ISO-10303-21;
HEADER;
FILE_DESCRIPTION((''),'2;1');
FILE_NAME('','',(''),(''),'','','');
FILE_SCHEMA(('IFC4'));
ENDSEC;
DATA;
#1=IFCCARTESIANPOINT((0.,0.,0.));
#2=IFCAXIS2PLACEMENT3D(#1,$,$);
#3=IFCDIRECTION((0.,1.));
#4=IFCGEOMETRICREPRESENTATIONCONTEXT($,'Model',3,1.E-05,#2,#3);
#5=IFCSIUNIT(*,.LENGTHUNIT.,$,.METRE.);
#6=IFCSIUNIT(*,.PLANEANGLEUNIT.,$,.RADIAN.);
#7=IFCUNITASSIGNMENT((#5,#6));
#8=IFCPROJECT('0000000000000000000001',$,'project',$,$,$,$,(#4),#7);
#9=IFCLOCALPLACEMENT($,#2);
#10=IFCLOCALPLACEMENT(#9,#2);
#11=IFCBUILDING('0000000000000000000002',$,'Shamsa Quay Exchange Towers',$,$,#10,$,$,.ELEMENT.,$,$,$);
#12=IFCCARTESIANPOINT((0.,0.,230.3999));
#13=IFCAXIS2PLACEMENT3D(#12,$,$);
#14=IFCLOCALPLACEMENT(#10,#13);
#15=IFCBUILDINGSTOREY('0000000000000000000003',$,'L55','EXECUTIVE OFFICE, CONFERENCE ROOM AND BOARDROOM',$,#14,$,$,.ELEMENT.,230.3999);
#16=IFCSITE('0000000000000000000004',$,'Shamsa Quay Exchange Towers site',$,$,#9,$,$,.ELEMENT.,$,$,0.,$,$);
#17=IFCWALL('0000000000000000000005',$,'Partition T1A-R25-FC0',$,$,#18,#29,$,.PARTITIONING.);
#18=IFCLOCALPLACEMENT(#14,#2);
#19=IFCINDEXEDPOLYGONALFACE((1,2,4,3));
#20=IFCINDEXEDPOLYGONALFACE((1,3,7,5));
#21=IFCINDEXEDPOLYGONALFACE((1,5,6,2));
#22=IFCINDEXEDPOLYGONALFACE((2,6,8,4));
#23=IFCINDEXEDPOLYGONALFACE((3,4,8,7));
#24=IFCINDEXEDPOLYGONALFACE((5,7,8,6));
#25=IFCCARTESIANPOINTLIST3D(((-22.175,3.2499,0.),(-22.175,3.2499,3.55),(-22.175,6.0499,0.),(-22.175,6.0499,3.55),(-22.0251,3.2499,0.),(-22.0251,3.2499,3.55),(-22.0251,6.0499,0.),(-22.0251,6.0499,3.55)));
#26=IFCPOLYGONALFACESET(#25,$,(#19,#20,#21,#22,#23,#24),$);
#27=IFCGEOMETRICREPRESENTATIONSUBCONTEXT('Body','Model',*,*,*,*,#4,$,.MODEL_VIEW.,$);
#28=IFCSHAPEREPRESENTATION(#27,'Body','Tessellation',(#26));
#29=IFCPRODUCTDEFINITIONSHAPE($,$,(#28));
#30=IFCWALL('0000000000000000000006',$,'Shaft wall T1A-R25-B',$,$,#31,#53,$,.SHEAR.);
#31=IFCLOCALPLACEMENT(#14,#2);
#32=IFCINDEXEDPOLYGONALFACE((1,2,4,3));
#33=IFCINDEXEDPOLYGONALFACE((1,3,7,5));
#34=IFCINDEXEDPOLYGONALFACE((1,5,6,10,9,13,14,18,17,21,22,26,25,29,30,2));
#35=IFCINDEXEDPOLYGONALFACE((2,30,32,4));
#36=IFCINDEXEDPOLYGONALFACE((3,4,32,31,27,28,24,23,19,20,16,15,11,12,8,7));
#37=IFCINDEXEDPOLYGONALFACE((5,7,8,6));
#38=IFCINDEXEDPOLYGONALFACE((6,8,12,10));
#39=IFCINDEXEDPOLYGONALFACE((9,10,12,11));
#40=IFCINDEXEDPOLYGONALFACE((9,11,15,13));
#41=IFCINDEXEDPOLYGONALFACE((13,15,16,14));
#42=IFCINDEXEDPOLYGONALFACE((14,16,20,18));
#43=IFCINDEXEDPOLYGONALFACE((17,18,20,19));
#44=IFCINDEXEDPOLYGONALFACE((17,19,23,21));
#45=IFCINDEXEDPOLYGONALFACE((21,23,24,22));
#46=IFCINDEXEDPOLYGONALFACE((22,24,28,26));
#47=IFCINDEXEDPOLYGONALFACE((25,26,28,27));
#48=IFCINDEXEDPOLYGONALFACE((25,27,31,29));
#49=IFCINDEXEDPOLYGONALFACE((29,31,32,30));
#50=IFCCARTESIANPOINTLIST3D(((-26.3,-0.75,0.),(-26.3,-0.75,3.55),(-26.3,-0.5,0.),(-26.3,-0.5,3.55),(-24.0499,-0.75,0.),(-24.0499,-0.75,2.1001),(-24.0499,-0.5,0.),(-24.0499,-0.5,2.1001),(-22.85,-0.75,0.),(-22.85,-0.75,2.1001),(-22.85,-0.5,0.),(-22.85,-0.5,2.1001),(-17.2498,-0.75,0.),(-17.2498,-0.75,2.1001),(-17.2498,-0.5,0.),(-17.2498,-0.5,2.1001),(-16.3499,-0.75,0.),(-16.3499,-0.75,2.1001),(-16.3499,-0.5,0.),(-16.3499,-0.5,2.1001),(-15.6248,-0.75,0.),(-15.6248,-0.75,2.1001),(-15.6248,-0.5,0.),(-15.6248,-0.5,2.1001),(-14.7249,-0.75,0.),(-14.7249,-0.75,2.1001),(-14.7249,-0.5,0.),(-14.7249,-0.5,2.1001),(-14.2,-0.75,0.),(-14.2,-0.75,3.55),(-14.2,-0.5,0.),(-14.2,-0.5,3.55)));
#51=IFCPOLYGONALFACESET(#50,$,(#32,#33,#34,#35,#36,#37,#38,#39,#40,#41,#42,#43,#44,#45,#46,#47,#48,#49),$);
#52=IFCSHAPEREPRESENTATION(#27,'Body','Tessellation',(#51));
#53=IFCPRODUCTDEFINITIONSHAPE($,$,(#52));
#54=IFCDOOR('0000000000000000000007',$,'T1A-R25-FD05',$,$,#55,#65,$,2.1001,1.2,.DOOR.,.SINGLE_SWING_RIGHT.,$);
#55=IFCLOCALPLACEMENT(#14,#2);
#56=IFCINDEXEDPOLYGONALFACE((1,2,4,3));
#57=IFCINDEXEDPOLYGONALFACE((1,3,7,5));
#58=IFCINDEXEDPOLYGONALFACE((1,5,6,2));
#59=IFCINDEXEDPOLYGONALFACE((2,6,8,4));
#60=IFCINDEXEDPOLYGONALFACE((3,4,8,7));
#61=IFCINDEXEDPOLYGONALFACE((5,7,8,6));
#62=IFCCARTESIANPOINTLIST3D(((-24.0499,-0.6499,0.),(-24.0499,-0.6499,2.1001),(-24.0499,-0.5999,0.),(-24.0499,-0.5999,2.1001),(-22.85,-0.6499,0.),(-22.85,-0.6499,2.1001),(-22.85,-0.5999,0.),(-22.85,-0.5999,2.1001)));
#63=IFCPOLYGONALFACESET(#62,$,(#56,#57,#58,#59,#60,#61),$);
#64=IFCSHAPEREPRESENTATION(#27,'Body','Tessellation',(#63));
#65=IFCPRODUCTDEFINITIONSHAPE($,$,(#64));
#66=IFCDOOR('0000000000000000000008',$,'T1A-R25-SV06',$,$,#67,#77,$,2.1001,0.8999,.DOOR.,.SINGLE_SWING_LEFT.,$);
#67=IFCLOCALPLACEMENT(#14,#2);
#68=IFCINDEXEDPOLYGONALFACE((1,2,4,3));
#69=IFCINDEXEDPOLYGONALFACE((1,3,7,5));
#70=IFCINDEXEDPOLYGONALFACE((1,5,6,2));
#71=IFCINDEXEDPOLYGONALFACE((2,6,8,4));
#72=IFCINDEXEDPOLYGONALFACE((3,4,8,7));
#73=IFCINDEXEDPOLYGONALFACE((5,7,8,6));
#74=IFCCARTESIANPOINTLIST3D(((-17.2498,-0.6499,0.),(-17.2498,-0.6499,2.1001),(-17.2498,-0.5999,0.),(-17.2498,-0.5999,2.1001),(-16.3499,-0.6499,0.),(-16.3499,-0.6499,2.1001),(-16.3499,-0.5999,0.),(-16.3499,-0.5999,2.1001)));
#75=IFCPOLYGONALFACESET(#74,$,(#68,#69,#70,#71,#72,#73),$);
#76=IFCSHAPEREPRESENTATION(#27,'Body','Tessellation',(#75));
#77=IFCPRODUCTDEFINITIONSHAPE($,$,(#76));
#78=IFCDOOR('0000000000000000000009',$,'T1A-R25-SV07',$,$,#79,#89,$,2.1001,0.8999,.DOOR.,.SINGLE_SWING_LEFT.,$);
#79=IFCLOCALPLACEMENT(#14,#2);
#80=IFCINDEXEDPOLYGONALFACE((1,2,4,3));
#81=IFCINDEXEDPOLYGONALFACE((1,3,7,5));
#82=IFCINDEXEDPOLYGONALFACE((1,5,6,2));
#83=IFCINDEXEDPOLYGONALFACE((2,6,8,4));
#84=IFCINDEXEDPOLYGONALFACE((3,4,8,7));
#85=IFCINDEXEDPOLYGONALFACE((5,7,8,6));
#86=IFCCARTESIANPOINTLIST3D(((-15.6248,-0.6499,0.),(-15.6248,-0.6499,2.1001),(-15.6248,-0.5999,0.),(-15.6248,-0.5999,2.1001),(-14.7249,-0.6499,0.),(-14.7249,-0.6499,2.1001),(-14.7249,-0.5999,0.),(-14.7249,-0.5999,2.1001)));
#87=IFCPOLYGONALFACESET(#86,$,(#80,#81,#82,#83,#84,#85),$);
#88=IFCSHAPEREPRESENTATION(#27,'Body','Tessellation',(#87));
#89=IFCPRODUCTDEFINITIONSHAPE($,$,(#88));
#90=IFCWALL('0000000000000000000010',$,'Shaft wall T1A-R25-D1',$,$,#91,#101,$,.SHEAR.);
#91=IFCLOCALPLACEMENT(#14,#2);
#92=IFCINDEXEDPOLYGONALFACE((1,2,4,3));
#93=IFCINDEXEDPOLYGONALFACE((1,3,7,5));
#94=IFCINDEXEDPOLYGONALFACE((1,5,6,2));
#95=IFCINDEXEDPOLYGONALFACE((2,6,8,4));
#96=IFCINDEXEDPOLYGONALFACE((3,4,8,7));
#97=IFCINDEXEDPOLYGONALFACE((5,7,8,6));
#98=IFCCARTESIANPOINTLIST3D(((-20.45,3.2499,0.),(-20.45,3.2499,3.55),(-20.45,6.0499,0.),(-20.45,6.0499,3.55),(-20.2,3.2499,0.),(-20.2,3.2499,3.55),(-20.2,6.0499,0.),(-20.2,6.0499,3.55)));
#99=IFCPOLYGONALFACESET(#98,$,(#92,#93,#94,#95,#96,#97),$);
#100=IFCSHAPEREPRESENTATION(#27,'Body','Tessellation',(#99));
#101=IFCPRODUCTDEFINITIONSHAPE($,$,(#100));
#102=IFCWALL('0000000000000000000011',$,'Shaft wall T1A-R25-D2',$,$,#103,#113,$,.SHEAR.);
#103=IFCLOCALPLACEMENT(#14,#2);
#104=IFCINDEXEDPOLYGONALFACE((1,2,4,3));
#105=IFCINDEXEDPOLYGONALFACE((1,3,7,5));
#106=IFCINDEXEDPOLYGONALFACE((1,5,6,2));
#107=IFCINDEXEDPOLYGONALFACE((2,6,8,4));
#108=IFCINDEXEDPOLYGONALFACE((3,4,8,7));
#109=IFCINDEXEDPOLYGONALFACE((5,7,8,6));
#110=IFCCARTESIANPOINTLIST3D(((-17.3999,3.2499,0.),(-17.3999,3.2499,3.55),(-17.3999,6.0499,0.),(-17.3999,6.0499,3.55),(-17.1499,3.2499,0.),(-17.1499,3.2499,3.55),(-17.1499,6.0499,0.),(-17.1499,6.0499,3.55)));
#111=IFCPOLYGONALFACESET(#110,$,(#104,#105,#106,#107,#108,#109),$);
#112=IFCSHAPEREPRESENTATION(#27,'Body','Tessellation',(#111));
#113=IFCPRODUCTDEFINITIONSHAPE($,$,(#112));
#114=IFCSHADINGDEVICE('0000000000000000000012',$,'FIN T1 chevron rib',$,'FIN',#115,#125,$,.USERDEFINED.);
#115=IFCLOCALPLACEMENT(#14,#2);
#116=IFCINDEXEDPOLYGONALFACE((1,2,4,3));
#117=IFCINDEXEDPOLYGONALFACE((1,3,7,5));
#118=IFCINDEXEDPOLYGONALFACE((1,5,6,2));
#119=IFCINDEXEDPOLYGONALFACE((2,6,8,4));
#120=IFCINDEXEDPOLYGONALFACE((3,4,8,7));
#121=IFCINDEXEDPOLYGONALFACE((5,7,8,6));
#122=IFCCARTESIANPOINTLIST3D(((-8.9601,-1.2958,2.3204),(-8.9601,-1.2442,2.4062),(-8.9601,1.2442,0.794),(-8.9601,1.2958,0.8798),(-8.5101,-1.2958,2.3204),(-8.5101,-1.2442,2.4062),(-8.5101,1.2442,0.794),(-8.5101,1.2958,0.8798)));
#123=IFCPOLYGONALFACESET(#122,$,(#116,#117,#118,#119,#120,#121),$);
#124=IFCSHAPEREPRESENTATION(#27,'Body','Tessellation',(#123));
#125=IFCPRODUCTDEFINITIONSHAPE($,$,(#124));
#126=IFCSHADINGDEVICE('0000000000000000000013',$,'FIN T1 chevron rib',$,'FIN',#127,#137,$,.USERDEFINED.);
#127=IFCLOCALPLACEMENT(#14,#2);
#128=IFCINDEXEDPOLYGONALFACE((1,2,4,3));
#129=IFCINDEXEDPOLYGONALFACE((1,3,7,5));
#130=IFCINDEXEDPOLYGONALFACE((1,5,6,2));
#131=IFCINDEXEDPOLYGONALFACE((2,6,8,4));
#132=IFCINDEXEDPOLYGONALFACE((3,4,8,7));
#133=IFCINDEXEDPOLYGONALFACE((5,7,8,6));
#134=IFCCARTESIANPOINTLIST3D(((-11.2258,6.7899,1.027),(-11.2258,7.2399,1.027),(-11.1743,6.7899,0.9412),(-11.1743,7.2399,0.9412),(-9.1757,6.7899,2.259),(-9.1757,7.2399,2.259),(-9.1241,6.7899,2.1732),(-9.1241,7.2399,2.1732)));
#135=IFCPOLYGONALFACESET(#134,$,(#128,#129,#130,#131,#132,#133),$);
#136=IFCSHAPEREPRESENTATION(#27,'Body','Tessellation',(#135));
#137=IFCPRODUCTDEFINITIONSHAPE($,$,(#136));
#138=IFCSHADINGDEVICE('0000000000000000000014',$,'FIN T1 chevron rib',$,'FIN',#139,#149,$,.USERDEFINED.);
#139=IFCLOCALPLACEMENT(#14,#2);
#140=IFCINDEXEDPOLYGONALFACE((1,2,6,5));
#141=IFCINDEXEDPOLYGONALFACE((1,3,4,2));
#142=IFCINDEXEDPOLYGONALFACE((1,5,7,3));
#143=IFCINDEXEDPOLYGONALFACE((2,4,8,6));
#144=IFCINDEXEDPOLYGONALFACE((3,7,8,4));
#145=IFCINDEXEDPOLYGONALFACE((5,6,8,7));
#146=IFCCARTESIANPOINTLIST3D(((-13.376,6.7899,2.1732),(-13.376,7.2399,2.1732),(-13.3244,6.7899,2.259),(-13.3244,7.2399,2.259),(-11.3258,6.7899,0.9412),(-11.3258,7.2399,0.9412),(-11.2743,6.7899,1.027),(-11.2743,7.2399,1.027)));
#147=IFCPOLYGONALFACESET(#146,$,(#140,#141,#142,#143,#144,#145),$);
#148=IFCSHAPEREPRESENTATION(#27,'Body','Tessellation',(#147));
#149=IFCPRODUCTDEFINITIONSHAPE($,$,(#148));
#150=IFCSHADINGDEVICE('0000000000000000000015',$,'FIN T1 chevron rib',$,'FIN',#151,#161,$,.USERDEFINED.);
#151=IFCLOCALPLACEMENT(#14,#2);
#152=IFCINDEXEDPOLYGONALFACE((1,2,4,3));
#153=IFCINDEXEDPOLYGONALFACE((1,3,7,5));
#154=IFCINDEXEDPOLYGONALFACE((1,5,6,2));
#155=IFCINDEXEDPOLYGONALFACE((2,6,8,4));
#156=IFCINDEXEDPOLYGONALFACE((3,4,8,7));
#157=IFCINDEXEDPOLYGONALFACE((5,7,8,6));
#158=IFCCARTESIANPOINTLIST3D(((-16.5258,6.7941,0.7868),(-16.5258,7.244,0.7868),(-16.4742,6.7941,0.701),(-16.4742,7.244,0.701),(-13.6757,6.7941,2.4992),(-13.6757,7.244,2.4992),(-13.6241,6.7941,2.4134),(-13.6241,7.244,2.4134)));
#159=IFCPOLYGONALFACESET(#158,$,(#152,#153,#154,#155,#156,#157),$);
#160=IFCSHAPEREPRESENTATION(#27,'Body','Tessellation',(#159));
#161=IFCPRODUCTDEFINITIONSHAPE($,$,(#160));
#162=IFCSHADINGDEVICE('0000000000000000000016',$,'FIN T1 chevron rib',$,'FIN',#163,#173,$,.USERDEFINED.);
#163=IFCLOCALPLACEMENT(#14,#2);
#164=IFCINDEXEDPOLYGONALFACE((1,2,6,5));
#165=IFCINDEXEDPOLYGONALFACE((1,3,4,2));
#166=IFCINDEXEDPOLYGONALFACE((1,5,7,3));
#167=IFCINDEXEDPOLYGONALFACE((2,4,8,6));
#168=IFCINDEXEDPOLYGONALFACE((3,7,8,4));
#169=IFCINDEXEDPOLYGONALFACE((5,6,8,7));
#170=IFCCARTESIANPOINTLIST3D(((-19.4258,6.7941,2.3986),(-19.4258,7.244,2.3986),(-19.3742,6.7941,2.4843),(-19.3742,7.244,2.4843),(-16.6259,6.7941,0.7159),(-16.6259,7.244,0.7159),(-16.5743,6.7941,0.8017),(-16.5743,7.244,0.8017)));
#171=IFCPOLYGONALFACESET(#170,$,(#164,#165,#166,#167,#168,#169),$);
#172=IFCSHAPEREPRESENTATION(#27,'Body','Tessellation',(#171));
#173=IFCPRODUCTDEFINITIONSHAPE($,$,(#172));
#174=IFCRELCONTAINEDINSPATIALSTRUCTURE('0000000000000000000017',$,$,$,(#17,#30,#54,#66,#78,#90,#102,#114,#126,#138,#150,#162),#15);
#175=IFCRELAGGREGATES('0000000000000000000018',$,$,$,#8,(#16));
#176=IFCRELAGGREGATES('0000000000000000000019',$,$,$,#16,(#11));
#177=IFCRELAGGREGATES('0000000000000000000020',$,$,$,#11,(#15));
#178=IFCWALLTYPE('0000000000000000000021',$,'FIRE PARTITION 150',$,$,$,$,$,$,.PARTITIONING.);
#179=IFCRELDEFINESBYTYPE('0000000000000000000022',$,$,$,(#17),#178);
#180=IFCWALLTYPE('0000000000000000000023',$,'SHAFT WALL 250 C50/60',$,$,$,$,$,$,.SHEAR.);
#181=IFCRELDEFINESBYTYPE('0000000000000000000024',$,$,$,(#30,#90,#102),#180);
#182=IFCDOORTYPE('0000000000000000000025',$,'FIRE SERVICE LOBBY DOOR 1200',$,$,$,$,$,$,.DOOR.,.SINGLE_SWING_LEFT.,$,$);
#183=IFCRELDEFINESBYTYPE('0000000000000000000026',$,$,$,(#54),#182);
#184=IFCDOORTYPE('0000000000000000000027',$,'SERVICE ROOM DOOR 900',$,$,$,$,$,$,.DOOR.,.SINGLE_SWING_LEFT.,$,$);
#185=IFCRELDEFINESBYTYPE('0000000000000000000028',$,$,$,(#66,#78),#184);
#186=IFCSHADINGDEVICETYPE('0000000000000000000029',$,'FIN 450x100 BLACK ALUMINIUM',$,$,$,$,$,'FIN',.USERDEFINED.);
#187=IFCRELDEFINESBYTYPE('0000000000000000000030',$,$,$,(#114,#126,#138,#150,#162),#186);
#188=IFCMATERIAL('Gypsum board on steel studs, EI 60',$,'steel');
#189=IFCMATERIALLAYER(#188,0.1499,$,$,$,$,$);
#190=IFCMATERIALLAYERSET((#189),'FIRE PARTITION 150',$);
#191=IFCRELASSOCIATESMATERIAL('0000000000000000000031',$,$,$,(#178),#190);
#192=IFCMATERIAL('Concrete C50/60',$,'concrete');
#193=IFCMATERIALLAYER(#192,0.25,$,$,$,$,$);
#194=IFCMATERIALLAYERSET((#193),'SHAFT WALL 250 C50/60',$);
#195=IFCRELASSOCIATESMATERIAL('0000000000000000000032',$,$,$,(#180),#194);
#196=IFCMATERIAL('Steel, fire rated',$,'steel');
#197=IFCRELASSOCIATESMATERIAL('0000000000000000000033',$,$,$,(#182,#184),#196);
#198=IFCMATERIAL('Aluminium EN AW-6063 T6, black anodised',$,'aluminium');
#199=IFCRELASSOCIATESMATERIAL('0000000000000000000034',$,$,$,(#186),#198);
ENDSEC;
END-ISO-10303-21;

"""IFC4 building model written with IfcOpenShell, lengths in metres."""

from ifc_helpers import new_model, si_unit, direction, frame, frame_2d, origin, origin_2d, place, context, subcontext, project, spatial, rectangle, extrude, material, layer, layer_set, material_profile, profile_set, type_object, element, fill, save


model = new_model("IFC4")

# Units and contexts
model_context = context("Model", 3, precision=1e-05, world=origin(), true_north=direction((0.0, 1.0)))
body_context = subcontext(model_context, "Body", "Model", "MODEL_VIEW")
ifc_project = project(units=[si_unit("LENGTHUNIT", "METRE"), si_unit("PLANEANGLEUNIT", "RADIAN")], contexts=[model_context])

# Site, building, storey
site_placement = place(None, origin())
site = spatial("IfcSite", under=ifc_project, at=site_placement, Name="Shamsa Quay Exchange Towers site", CompositionType="ELEMENT", RefElevation=0.0)
building_placement = place(site_placement, origin())
building = spatial("IfcBuilding", under=site, at=building_placement, Name="Shamsa Quay Exchange Towers", CompositionType="ELEMENT")
storey_placement = place(building_placement, frame((0.0, 0.0, 230.3999)))
storey = spatial("IfcBuildingStorey", under=building, at=storey_placement, Name="L55", Description="EXECUTIVE OFFICE, CONFERENCE ROOM AND BOARDROOM", CompositionType="ELEMENT", Elevation=230.3999)

# Shared definitions
ifc_material_1 = material(Name="Aluminium EN AW-6063 T6, black anodised", Category="aluminium")

# Shared definitions
ifc_material_2 = material(Name="Steel, fire rated", Category="steel")

# Wall
ifc_material_3 = material(Name="Gypsum board on steel studs, EI 60", Category="steel")
ifc_layer_1 = layer(ifc_material_3, 0.1499)
ifc_layer_set_1 = layer_set([ifc_layer_1], Name="FIRE PARTITION 150")
wall_type_1 = type_object("IfcWallType", Name="FIRE PARTITION 150", PredefinedType="PARTITIONING", material=ifc_layer_set_1)
wall_1_placement = place(storey_placement, frame((-22.1001, 3.25, 0.0), z_axis=(0.0, 0.0, 1.0), x_axis=(0.0, 1.0, 0.0)))
element("IfcWall", 1, at=wall_1_placement, inside=storey, type_object=wall_type_1, Name="Partition T1A-R25-FC0", PredefinedType="PARTITIONING", context=body_context, shape_type="SweptSolid", body=[
    extrude(rectangle(XDim=2.8, YDim=0.1499, at=frame_2d((1.3999, 0.0))), origin(), (0.0, 0.0, 1.0), 3.55),
])

# Wall, openings, doors
ifc_material_4 = material(Name="Concrete C50/60", Category="concrete")
ifc_layer_2 = layer(ifc_material_4, 0.25)
ifc_layer_set_2 = layer_set([ifc_layer_2], Name="SHAFT WALL 250 C50/60")
wall_type_2 = type_object("IfcWallType", Name="SHAFT WALL 250 C50/60", PredefinedType="SHEAR", material=ifc_layer_set_2)
wall_2_placement = place(storey_placement, frame((-14.2, -0.625, 0.0), z_axis=(0.0, 0.0, 1.0), x_axis=(-1.0, 0.0, 0.0)))
wall_2 = element("IfcWall", 2, at=wall_2_placement, inside=storey, type_object=wall_type_2, Name="Shaft wall T1A-R25-B", PredefinedType="SHEAR", context=body_context, shape_type="SweptSolid", body=[
    extrude(rectangle(XDim=12.1001, YDim=0.25, at=frame_2d((6.05, 0.0))), origin(), (0.0, 0.0, 1.0), 3.55),
])
opening_1_placement = place(wall_2_placement, frame((8.6499, 0.0, 0.0)))
opening_1 = element("IfcOpeningElement", 3, at=opening_1_placement, cuts=wall_2, PredefinedType="OPENING", context=body_context, shape_type="SweptSolid", body=[
    extrude(rectangle(XDim=1.2, YDim=2.1001, at=frame_2d((0.6001, 1.05))), frame((0.0, 0.135, 0.0), z_axis=(0.0, -1.0, 0.0), x_axis=(1.0, 0.0, 0.0)), (0.0, 0.0, 1.0), 0.27),
])
opening_2_placement = place(wall_2_placement, frame((2.1499, 0.0, 0.0)))
opening_2 = element("IfcOpeningElement", 4, at=opening_2_placement, cuts=wall_2, PredefinedType="OPENING", context=body_context, shape_type="SweptSolid", body=[
    extrude(rectangle(XDim=0.8999, YDim=2.1001, at=frame_2d((0.45, 1.05))), frame((0.0, 0.135, 0.0), z_axis=(0.0, -1.0, 0.0), x_axis=(1.0, 0.0, 0.0)), (0.0, 0.0, 1.0), 0.27),
])
opening_3_placement = place(wall_2_placement, frame((0.5249, 0.0, 0.0)))
opening_3 = element("IfcOpeningElement", 5, at=opening_3_placement, cuts=wall_2, PredefinedType="OPENING", context=body_context, shape_type="SweptSolid", body=[
    extrude(rectangle(XDim=0.8999, YDim=2.1001, at=frame_2d((0.45, 1.05))), frame((0.0, 0.135, 0.0), z_axis=(0.0, -1.0, 0.0), x_axis=(1.0, 0.0, 0.0)), (0.0, 0.0, 1.0), 0.27),
])
door_type_1 = type_object("IfcDoorType", Name="FIRE SERVICE LOBBY DOOR 1200", OperationType="SINGLE_SWING_LEFT", PredefinedType="DOOR", material=ifc_material_2)
door_1_placement = place(opening_1_placement, origin())
door_1 = element("IfcDoor", 6, at=door_1_placement, inside=storey, type_object=door_type_1, Name="T1A-R25-FD05", OperationType="SINGLE_SWING_RIGHT", OverallHeight=2.1001, OverallWidth=1.2, PredefinedType="DOOR", context=body_context, shape_type="SweptSolid", body=[
    extrude(rectangle(XDim=1.2, YDim=2.1001, at=frame_2d((0.6001, 1.05))), frame((0.0, 0.0249, 0.0), z_axis=(0.0, -1.0, 0.0), x_axis=(1.0, 0.0, 0.0)), (0.0, 0.0, 1.0), 0.05),
])
fill(opening_1, door_1)
door_type_2 = type_object("IfcDoorType", Name="SERVICE ROOM DOOR 900", OperationType="SINGLE_SWING_LEFT", PredefinedType="DOOR", material=ifc_material_2)
door_2_placement = place(opening_2_placement, origin())
door_2 = element("IfcDoor", 7, at=door_2_placement, inside=storey, type_object=door_type_2, Name="T1A-R25-SV06", OperationType="SINGLE_SWING_LEFT", OverallHeight=2.1001, OverallWidth=0.8999, PredefinedType="DOOR", context=body_context, shape_type="SweptSolid", body=[
    extrude(rectangle(XDim=0.8999, YDim=2.1001, at=frame_2d((0.45, 1.05))), frame((0.0, 0.0249, 0.0), z_axis=(0.0, -1.0, 0.0), x_axis=(1.0, 0.0, 0.0)), (0.0, 0.0, 1.0), 0.05),
])
fill(opening_2, door_2)
door_3_placement = place(opening_3_placement, origin())
door_3 = element("IfcDoor", 8, at=door_3_placement, inside=storey, type_object=door_type_2, Name="T1A-R25-SV07", OperationType="SINGLE_SWING_LEFT", OverallHeight=2.1001, OverallWidth=0.8999, PredefinedType="DOOR", context=body_context, shape_type="SweptSolid", body=[
    extrude(rectangle(XDim=0.8999, YDim=2.1001, at=frame_2d((0.45, 1.05))), frame((0.0, 0.0249, 0.0), z_axis=(0.0, -1.0, 0.0), x_axis=(1.0, 0.0, 0.0)), (0.0, 0.0, 1.0), 0.05),
])
fill(opening_3, door_3)

# Walls
for number, where, z_axis, x_axis, name in (
    (9, (-20.325, 3.25, 0.0), (0.0, 0.0, 1.0), (0.0, 1.0, 0.0), "Shaft wall T1A-R25-D1"),
    (10, (-17.2749, 3.25, 0.0), (0.0, 0.0, 1.0), (0.0, 1.0, 0.0), "Shaft wall T1A-R25-D2"),
):
    element("IfcWall", number, at=place(storey_placement, frame(where, z_axis=z_axis, x_axis=x_axis)), inside=storey, type_object=wall_type_2, Name=name, PredefinedType="SHEAR", context=body_context, shape_type="SweptSolid", body=[
        extrude(rectangle(XDim=2.8, YDim=0.25, at=frame_2d((1.3999, 0.0))), origin(), (0.0, 0.0, 1.0), 3.55),
    ])

# Shading devices
ifc_material_profile_1 = material_profile(ifc_material_1, rectangle(XDim=0.45, YDim=0.1001, at=origin_2d()), Name="FIN450x100")
ifc_profile_set_1 = profile_set([ifc_material_profile_1], Name="Aluminium EN AW-6063 T6, black anodised")
shading_device_type = type_object("IfcShadingDeviceType", Name="FIN 450x100 BLACK ALUMINIUM", ElementType="FIN", PredefinedType="USERDEFINED", material=ifc_profile_set_1)
shading_device_1_placement = place(storey_placement, frame((-8.7351, -1.27, 2.3633), z_axis=(0.0, 0.857144, -0.515077), x_axis=(-1.0, 0.0, 0.0)))
element("IfcShadingDevice", 11, at=shading_device_1_placement, inside=storey, type_object=shading_device_type, Name="FIN T1 chevron rib", ObjectType="FIN", PredefinedType="USERDEFINED", context=body_context, shape_type="SweptSolid", body=[
    extrude(rectangle(XDim=0.45, YDim=0.1001, at=origin_2d()), origin(), (0.0, 0.0, 1.0), 2.9634),
])
for number, where, z_axis, x_axis, name in (
    (12, (-9.1499, 7.0149, 2.2161), (-0.857141, 0.0, -0.515081), (0.0, -1.0, 0.0), "FIN T1 chevron rib"),
    (13, (-11.3, 7.0149, 0.9841), (-0.857141, 0.0, 0.515081), (0.0, -1.0, 0.0), "FIN T1 chevron rib"),
):
    element("IfcShadingDevice", number, at=place(storey_placement, frame(where, z_axis=z_axis, x_axis=x_axis)), inside=storey, type_object=shading_device_type, Name=name, ObjectType="FIN", PredefinedType="USERDEFINED", context=body_context, shape_type="SweptSolid", body=[
        extrude(rectangle(XDim=0.45, YDim=0.1001, at=origin_2d()), origin(), (0.0, 0.0, 1.0), 2.3918),
    ])
shading_device_2_placement = place(storey_placement, frame((-13.6499, 7.019, 2.4563), z_axis=(-0.857182, 0.0, -0.515014), x_axis=(0.0, -1.0, 0.0)))
element("IfcShadingDevice", 14, at=shading_device_2_placement, inside=storey, type_object=shading_device_type, Name="FIN T1 chevron rib", ObjectType="FIN", PredefinedType="USERDEFINED", context=body_context, shape_type="SweptSolid", body=[
    extrude(rectangle(XDim=0.45, YDim=0.1001, at=origin_2d()), origin(), (0.0, 0.0, 1.0), 3.325),
])
shading_device_3_placement = place(storey_placement, frame((-16.6001, 7.019, 0.7588), z_axis=(-0.857123, 0.0, 0.515111), x_axis=(0.0, -1.0, 0.0)))
element("IfcShadingDevice", 15, at=shading_device_3_placement, inside=storey, type_object=shading_device_type, Name="FIN T1 chevron rib", ObjectType="FIN", PredefinedType="USERDEFINED", context=body_context, shape_type="SweptSolid", body=[
    extrude(rectangle(XDim=0.45, YDim=0.1001, at=origin_2d()), origin(), (0.0, 0.0, 1.0), 3.2666),
])

save(model, "model.ifc")
